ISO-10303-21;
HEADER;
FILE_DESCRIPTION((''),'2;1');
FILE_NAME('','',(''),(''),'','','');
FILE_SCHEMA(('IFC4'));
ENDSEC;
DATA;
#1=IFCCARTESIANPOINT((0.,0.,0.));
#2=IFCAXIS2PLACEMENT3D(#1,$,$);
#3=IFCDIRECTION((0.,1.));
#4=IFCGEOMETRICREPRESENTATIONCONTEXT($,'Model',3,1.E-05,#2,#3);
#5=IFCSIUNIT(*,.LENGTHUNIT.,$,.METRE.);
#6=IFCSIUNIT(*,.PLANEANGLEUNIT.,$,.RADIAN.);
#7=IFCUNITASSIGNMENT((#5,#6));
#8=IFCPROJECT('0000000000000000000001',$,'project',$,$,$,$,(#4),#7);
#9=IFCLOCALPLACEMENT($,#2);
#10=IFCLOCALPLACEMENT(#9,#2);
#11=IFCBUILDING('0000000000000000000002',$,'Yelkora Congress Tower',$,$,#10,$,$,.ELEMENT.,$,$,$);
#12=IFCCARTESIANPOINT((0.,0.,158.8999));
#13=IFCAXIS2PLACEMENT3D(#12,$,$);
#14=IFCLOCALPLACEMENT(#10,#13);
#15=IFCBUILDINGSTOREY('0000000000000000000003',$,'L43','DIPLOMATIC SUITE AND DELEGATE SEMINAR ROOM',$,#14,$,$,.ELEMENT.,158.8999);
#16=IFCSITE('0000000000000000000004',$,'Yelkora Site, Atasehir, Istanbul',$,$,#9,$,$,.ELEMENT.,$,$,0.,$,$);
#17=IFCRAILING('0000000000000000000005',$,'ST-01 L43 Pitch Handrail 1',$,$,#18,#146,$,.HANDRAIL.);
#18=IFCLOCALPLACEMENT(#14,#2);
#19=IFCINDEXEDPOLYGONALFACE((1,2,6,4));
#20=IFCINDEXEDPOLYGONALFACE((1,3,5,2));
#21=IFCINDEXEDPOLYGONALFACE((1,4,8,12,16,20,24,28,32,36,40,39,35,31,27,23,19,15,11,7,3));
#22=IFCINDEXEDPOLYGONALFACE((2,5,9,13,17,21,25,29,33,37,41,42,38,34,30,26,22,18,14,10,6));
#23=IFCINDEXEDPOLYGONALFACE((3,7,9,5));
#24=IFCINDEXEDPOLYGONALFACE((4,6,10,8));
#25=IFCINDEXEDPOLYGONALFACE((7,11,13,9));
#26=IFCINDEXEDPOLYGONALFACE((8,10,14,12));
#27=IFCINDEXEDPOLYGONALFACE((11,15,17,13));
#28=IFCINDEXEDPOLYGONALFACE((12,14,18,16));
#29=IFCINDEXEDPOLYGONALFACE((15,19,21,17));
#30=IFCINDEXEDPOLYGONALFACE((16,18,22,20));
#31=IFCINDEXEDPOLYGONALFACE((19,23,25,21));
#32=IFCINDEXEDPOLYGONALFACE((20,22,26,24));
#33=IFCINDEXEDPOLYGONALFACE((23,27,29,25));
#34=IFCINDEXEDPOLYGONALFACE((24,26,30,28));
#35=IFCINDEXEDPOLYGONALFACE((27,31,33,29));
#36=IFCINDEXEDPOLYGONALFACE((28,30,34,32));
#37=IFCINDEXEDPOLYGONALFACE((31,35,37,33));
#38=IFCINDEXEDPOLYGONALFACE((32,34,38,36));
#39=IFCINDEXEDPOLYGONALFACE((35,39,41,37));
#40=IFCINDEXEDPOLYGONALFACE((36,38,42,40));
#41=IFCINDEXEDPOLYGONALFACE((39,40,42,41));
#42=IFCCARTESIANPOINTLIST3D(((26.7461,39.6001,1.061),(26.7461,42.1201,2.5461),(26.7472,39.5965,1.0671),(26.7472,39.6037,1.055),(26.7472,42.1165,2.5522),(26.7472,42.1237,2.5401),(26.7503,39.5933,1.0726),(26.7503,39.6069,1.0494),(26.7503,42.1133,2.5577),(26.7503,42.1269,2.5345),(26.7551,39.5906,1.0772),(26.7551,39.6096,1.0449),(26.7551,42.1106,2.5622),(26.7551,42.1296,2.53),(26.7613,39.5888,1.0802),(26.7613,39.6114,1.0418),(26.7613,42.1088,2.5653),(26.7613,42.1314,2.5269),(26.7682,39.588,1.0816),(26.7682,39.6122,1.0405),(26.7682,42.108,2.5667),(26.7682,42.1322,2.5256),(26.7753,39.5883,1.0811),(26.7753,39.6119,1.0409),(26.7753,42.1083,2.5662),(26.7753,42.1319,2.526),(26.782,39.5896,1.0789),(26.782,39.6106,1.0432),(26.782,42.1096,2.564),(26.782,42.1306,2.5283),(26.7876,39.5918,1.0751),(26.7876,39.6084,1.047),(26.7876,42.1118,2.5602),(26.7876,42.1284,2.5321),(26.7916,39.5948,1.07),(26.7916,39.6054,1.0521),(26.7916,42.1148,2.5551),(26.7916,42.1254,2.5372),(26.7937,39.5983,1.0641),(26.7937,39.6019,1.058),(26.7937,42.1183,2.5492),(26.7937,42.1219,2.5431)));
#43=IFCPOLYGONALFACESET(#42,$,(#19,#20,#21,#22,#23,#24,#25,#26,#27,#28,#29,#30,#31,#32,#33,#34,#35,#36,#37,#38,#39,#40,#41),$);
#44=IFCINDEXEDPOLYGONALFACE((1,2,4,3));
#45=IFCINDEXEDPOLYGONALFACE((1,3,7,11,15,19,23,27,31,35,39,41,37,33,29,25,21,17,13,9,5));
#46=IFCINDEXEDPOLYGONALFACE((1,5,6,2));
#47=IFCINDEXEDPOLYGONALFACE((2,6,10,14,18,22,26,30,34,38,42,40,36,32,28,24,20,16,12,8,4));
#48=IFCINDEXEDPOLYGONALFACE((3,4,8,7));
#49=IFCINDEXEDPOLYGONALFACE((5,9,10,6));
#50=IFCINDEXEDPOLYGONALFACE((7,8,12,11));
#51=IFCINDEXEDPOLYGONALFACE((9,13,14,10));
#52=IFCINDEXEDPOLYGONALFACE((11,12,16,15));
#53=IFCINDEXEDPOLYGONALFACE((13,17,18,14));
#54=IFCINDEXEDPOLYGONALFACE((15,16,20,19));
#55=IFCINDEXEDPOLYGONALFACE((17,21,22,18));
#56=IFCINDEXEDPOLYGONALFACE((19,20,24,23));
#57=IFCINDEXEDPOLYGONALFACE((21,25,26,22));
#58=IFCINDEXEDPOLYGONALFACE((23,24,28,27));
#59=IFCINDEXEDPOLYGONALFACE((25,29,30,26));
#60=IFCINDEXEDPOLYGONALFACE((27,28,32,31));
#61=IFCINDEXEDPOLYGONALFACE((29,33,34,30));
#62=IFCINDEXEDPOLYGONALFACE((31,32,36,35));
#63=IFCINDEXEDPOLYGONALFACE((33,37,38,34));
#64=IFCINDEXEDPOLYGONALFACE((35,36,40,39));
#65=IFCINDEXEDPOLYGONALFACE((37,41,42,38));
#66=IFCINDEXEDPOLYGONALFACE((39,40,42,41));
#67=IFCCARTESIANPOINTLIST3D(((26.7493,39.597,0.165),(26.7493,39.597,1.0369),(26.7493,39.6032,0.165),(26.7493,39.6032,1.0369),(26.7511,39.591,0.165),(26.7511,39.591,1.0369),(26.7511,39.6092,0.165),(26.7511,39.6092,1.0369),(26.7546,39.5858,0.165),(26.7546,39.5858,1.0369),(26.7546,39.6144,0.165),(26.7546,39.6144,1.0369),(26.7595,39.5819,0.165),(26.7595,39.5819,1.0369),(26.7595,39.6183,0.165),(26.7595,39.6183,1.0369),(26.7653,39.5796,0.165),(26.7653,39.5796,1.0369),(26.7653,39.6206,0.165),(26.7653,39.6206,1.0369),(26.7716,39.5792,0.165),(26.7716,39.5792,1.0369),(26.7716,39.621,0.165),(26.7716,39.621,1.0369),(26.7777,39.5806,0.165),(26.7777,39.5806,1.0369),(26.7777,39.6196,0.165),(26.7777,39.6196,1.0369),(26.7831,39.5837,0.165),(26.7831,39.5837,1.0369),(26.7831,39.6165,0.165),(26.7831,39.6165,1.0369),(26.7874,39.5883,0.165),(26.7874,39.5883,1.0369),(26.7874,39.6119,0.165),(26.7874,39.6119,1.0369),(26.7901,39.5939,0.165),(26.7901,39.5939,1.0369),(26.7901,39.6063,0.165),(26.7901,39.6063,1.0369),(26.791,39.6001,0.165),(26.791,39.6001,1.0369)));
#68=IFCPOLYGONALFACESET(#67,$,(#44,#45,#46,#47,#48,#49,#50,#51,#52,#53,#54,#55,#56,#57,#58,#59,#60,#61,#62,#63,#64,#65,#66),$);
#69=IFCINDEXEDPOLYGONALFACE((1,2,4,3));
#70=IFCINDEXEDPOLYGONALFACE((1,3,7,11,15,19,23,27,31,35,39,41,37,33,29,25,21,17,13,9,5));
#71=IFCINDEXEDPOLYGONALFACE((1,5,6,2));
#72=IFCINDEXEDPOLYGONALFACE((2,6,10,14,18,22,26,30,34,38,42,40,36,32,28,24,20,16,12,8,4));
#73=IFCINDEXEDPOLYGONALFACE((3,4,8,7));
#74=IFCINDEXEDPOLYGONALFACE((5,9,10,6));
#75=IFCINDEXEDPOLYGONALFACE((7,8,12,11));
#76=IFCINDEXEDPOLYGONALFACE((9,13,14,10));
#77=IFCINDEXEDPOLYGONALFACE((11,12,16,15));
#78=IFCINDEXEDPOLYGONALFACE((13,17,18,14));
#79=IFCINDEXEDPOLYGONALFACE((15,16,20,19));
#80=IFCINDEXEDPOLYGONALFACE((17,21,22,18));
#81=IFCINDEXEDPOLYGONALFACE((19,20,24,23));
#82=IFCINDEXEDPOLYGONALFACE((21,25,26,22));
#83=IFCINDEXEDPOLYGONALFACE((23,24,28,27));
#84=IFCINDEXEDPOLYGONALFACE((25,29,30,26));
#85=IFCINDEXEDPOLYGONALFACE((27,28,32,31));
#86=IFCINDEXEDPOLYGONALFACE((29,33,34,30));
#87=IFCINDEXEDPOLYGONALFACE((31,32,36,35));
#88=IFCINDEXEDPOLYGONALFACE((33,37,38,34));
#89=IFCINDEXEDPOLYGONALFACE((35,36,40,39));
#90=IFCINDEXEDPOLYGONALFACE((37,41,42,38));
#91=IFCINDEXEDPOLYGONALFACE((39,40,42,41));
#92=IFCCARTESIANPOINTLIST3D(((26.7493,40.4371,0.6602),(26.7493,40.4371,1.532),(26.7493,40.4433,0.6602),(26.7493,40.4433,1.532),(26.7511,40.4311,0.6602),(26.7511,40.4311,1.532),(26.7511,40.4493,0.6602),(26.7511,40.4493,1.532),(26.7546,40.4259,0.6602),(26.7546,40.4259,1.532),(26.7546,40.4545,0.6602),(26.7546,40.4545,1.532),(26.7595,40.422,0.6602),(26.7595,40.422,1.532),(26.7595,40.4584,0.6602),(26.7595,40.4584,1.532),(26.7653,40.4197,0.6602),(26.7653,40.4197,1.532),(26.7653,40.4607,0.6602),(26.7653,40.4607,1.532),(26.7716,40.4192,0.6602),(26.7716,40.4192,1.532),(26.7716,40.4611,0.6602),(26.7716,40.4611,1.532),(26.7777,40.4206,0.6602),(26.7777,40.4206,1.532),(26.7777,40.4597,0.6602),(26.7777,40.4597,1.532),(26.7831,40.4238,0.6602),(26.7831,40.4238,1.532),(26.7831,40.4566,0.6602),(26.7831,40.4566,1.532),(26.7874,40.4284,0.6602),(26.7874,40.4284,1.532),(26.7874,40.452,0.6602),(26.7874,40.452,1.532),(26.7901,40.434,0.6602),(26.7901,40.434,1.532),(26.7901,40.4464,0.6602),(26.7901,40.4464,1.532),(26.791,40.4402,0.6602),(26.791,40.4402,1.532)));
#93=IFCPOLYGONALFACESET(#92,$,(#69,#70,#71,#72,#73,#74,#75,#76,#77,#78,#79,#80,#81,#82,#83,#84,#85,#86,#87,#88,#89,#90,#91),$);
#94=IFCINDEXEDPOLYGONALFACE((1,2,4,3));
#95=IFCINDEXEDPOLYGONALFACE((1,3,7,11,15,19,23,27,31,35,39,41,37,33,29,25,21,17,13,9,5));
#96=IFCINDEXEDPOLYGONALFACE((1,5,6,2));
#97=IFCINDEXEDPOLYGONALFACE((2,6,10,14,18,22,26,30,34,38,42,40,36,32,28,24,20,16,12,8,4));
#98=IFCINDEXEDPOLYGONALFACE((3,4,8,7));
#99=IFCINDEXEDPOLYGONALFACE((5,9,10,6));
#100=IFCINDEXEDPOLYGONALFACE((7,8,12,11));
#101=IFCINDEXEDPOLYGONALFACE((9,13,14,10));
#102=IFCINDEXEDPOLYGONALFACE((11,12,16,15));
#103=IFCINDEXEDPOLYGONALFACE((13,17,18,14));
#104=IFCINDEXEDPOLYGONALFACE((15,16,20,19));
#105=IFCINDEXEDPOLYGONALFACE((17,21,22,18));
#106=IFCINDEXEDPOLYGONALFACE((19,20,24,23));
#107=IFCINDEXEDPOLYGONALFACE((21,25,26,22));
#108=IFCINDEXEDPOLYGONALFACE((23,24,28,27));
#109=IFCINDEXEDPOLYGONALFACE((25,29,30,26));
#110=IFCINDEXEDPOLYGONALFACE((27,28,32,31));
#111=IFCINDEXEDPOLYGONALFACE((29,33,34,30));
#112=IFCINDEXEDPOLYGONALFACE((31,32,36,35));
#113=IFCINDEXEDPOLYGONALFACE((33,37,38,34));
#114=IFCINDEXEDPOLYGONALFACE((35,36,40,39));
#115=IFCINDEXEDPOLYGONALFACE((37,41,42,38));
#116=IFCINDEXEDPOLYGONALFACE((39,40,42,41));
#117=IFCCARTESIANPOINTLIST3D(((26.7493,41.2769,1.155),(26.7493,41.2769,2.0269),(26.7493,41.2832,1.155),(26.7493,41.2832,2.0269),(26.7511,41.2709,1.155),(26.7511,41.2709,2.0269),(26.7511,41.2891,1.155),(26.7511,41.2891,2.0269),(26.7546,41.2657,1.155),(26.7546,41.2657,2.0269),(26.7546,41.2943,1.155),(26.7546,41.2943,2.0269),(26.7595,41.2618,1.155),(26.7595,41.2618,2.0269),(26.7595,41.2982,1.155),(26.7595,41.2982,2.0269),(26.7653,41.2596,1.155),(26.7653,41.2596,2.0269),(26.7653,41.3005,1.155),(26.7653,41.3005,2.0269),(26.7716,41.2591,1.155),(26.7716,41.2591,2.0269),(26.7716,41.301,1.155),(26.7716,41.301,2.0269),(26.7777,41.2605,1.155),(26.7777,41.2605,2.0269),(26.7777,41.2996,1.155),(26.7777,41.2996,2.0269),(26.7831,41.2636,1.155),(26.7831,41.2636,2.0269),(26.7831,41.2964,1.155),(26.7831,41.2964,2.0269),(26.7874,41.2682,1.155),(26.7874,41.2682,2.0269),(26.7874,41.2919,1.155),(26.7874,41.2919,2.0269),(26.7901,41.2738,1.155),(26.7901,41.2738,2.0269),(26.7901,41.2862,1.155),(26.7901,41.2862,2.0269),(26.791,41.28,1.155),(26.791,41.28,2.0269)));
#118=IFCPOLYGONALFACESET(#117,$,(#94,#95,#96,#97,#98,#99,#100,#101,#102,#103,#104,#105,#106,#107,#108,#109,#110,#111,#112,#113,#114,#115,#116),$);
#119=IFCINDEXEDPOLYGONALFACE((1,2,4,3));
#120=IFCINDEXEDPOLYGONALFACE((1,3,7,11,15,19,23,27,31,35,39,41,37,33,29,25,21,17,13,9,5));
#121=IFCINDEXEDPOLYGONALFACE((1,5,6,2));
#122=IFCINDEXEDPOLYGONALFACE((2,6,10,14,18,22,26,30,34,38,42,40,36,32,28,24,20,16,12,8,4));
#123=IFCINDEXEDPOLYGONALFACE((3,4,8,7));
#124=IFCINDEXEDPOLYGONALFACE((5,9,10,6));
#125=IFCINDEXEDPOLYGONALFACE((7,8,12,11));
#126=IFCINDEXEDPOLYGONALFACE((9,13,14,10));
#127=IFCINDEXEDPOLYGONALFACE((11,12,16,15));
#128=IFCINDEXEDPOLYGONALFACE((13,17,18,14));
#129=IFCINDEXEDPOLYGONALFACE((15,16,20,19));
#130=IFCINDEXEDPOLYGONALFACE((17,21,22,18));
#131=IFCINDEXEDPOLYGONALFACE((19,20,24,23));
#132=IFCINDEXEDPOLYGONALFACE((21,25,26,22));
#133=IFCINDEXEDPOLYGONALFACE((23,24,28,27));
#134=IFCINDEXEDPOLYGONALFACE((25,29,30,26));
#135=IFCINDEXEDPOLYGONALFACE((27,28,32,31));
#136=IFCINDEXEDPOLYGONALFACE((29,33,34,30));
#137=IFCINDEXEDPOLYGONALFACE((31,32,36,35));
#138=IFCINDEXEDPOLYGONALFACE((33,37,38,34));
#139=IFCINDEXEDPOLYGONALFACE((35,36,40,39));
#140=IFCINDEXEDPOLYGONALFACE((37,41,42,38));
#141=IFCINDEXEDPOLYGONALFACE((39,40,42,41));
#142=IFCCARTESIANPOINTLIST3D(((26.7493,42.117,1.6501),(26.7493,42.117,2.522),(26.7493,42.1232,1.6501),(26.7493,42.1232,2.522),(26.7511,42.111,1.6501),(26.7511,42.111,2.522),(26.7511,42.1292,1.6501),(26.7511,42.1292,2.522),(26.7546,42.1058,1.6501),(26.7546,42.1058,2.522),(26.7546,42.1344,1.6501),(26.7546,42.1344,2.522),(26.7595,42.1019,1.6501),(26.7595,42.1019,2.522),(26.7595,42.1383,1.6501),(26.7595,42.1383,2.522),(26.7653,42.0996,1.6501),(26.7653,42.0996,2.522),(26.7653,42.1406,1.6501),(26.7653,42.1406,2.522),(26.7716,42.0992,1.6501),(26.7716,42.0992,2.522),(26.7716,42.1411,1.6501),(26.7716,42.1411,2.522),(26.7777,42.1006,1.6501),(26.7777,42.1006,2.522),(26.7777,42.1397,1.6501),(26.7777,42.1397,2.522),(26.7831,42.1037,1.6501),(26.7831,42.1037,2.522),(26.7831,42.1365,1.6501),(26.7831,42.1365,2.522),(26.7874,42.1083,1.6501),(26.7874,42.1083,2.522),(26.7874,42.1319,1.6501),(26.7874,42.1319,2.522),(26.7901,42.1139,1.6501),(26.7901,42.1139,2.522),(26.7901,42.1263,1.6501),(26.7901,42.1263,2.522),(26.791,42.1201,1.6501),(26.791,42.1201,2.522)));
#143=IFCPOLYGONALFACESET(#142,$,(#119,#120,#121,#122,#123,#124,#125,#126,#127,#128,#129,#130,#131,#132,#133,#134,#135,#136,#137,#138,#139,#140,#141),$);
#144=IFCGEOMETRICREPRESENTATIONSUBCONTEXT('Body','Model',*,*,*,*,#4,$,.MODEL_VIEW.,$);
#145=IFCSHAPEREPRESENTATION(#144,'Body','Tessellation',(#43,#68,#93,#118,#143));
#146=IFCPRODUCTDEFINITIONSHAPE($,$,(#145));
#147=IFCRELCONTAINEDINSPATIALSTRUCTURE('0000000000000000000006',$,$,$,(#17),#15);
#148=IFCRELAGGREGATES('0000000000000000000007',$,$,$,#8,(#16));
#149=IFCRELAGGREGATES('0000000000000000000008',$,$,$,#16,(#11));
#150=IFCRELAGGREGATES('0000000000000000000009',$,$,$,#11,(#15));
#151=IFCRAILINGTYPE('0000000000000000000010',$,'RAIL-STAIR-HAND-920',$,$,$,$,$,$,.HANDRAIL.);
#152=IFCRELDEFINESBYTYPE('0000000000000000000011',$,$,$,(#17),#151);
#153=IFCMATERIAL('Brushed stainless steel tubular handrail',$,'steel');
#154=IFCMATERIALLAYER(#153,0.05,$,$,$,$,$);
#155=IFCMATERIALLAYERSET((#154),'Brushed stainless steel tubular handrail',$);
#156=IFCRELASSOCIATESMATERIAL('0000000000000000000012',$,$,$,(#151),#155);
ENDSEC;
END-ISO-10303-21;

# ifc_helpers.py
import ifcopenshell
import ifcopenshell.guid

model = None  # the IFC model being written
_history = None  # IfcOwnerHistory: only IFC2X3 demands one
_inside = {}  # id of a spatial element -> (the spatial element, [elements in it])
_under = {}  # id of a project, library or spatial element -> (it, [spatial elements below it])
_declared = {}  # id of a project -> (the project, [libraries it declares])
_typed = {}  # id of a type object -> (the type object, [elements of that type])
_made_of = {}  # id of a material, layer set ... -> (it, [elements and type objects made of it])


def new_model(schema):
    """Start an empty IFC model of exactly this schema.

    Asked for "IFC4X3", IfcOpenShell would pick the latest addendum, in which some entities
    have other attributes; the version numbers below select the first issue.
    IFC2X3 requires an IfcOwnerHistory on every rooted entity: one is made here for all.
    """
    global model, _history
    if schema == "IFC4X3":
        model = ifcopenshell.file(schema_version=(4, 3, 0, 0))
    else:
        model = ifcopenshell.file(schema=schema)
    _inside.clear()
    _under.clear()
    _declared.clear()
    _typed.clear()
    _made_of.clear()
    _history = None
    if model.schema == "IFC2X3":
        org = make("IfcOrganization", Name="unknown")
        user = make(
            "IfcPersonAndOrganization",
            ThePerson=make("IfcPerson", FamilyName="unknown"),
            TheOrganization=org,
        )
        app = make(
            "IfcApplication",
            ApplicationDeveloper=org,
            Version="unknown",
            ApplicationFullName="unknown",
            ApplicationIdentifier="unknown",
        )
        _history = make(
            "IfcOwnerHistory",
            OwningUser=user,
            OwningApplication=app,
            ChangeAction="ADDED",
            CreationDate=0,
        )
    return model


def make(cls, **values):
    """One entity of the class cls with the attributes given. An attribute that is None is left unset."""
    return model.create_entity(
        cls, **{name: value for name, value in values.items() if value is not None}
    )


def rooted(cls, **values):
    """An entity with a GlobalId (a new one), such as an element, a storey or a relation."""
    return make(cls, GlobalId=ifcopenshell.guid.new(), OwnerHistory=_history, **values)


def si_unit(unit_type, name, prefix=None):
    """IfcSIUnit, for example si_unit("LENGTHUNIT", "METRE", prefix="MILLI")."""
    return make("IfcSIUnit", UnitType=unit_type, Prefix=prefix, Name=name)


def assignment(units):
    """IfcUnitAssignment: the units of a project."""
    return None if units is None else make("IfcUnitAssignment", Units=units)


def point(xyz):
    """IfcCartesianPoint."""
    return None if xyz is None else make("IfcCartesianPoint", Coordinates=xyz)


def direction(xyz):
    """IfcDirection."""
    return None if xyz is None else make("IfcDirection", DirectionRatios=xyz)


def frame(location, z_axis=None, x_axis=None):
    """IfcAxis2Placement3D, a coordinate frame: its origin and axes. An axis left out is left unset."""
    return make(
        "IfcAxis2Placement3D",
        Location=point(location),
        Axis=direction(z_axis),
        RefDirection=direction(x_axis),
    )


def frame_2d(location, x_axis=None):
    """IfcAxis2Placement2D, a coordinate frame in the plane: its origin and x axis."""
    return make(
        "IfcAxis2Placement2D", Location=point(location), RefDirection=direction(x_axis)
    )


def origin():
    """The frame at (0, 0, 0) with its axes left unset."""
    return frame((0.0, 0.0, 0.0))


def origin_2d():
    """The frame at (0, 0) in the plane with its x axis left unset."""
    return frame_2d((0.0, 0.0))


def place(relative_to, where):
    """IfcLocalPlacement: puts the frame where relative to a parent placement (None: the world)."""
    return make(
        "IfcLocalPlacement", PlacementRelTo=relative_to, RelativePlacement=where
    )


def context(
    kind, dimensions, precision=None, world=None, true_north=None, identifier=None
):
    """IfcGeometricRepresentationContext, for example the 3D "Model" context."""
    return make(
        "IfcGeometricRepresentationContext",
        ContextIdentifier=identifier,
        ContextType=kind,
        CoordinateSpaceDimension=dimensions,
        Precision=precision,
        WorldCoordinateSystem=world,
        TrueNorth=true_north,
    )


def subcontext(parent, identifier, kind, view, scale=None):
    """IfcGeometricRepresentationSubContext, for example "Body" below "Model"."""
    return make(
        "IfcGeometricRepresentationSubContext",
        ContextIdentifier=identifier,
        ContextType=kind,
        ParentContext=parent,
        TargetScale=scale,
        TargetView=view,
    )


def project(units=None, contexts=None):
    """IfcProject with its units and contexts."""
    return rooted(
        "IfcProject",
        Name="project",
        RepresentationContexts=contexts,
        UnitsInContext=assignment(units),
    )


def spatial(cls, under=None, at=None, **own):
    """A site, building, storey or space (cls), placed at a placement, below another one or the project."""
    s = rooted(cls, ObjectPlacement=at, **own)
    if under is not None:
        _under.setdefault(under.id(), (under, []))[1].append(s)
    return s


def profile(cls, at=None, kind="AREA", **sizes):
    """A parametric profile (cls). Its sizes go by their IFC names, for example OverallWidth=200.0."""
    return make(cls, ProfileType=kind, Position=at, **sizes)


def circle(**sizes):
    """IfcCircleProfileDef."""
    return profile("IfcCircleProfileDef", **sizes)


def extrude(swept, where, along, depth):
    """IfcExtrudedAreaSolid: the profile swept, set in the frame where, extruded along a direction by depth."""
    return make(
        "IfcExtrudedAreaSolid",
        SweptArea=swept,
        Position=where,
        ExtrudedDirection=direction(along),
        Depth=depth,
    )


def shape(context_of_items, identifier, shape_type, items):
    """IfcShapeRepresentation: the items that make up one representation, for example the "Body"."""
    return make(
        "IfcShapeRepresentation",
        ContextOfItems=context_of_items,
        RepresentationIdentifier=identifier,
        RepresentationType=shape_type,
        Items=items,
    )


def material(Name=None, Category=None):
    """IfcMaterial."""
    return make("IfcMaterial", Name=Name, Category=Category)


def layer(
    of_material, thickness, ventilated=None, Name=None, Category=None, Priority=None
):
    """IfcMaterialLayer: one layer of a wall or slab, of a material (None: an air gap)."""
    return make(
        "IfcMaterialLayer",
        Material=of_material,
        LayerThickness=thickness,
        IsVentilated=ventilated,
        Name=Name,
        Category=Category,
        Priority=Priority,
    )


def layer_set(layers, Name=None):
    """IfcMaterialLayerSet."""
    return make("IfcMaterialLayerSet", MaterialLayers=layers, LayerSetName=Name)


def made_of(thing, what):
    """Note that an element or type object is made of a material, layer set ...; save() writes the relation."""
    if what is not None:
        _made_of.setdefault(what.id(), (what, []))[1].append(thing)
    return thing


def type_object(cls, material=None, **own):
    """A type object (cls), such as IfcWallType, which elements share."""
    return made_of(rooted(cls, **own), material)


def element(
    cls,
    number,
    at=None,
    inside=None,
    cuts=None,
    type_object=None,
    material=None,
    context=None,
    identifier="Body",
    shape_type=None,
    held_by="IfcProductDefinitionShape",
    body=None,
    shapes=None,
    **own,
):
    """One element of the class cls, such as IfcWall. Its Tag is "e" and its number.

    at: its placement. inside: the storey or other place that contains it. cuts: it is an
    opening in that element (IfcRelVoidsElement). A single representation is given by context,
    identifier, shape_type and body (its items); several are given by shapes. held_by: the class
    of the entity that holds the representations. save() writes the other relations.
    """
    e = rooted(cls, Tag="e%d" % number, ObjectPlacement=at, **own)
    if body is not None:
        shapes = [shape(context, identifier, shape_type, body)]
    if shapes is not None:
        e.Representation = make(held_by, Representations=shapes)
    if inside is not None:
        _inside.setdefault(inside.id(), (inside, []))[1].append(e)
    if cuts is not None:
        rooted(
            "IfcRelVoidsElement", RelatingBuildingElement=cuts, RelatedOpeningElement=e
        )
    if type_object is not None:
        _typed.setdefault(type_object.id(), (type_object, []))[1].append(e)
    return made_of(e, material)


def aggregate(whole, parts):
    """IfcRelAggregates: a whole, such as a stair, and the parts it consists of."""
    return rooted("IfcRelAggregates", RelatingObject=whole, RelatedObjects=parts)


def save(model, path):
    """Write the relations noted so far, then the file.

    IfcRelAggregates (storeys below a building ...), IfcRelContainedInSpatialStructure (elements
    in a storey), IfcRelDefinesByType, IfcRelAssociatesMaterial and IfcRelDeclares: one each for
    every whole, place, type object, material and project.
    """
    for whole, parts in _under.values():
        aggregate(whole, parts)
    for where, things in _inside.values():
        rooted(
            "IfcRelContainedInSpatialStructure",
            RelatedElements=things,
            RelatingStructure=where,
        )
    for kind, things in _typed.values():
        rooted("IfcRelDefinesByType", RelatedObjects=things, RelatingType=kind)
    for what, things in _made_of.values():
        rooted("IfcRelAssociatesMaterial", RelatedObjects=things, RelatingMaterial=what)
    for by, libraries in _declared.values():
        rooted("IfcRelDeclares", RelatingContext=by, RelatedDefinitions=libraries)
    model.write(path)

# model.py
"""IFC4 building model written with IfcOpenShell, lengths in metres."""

from ifc_helpers import new_model, si_unit, direction, frame, origin, origin_2d, place, context, subcontext, project, spatial, circle, extrude, material, layer, layer_set, type_object, element, save


model = new_model("IFC4")

# Units and contexts
model_context = context("Model", 3, precision=1e-05, world=origin(), true_north=direction((0.0, 1.0)))
body_context = subcontext(model_context, "Body", "Model", "MODEL_VIEW")
ifc_project = project(units=[si_unit("LENGTHUNIT", "METRE"), si_unit("PLANEANGLEUNIT", "RADIAN")], contexts=[model_context])

# Site, building, storey
site_placement = place(None, origin())
site = spatial("IfcSite", under=ifc_project, at=site_placement, Name="Yelkora Site, Atasehir, Istanbul", CompositionType="ELEMENT", RefElevation=0.0)
building_placement = place(site_placement, origin())
building = spatial("IfcBuilding", under=site, at=building_placement, Name="Yelkora Congress Tower", CompositionType="ELEMENT")
storey_placement = place(building_placement, frame((0.0, 0.0, 158.8999)))
storey = spatial("IfcBuildingStorey", under=building, at=storey_placement, Name="L43", Description="DIPLOMATIC SUITE AND DELEGATE SEMINAR ROOM", CompositionType="ELEMENT", Elevation=158.8999)

# Railing
ifc_material_1 = material(Name="Brushed stainless steel tubular handrail", Category="steel")
ifc_layer_1 = layer(ifc_material_1, 0.05)
ifc_layer_set_1 = layer_set([ifc_layer_1], Name="Brushed stainless steel tubular handrail")
railing_type_1 = type_object("IfcRailingType", Name="RAIL-STAIR-HAND-920", PredefinedType="HANDRAIL", material=ifc_layer_set_1)
railing_1_placement = place(storey_placement, frame((26.77, 39.6001, 0.165)))
element("IfcRailing", 1, at=railing_1_placement, inside=storey, type_object=railing_type_1, Name="ST-01 L43 Pitch Handrail 1", PredefinedType="HANDRAIL", context=body_context, shape_type="SweptSolid", body=[
    extrude(circle(Radius=0.0239, at=origin_2d()), frame((0.0, 0.0, 0.896), z_axis=(0.0, 0.861524, 0.507717), x_axis=(-1.0, 0.0, 0.0)), (0.0, 0.0, 1.0), 2.925),
    extrude(circle(Radius=0.021, at=origin_2d()), origin(), (0.0, 0.0, 1.0), 0.8718),
    extrude(circle(Radius=0.021, at=origin_2d()), frame((0.0, 0.8401, 0.4951)), (0.0, 0.0, 1.0), 0.8718),
    extrude(circle(Radius=0.021, at=origin_2d()), frame((0.0, 1.6799, 0.99)), (0.0, 0.0, 1.0), 0.8718),
    extrude(circle(Radius=0.021, at=origin_2d()), frame((0.0, 2.52, 1.4851)), (0.0, 0.0, 1.0), 0.8718),
])

save(model, "model.ifc")
